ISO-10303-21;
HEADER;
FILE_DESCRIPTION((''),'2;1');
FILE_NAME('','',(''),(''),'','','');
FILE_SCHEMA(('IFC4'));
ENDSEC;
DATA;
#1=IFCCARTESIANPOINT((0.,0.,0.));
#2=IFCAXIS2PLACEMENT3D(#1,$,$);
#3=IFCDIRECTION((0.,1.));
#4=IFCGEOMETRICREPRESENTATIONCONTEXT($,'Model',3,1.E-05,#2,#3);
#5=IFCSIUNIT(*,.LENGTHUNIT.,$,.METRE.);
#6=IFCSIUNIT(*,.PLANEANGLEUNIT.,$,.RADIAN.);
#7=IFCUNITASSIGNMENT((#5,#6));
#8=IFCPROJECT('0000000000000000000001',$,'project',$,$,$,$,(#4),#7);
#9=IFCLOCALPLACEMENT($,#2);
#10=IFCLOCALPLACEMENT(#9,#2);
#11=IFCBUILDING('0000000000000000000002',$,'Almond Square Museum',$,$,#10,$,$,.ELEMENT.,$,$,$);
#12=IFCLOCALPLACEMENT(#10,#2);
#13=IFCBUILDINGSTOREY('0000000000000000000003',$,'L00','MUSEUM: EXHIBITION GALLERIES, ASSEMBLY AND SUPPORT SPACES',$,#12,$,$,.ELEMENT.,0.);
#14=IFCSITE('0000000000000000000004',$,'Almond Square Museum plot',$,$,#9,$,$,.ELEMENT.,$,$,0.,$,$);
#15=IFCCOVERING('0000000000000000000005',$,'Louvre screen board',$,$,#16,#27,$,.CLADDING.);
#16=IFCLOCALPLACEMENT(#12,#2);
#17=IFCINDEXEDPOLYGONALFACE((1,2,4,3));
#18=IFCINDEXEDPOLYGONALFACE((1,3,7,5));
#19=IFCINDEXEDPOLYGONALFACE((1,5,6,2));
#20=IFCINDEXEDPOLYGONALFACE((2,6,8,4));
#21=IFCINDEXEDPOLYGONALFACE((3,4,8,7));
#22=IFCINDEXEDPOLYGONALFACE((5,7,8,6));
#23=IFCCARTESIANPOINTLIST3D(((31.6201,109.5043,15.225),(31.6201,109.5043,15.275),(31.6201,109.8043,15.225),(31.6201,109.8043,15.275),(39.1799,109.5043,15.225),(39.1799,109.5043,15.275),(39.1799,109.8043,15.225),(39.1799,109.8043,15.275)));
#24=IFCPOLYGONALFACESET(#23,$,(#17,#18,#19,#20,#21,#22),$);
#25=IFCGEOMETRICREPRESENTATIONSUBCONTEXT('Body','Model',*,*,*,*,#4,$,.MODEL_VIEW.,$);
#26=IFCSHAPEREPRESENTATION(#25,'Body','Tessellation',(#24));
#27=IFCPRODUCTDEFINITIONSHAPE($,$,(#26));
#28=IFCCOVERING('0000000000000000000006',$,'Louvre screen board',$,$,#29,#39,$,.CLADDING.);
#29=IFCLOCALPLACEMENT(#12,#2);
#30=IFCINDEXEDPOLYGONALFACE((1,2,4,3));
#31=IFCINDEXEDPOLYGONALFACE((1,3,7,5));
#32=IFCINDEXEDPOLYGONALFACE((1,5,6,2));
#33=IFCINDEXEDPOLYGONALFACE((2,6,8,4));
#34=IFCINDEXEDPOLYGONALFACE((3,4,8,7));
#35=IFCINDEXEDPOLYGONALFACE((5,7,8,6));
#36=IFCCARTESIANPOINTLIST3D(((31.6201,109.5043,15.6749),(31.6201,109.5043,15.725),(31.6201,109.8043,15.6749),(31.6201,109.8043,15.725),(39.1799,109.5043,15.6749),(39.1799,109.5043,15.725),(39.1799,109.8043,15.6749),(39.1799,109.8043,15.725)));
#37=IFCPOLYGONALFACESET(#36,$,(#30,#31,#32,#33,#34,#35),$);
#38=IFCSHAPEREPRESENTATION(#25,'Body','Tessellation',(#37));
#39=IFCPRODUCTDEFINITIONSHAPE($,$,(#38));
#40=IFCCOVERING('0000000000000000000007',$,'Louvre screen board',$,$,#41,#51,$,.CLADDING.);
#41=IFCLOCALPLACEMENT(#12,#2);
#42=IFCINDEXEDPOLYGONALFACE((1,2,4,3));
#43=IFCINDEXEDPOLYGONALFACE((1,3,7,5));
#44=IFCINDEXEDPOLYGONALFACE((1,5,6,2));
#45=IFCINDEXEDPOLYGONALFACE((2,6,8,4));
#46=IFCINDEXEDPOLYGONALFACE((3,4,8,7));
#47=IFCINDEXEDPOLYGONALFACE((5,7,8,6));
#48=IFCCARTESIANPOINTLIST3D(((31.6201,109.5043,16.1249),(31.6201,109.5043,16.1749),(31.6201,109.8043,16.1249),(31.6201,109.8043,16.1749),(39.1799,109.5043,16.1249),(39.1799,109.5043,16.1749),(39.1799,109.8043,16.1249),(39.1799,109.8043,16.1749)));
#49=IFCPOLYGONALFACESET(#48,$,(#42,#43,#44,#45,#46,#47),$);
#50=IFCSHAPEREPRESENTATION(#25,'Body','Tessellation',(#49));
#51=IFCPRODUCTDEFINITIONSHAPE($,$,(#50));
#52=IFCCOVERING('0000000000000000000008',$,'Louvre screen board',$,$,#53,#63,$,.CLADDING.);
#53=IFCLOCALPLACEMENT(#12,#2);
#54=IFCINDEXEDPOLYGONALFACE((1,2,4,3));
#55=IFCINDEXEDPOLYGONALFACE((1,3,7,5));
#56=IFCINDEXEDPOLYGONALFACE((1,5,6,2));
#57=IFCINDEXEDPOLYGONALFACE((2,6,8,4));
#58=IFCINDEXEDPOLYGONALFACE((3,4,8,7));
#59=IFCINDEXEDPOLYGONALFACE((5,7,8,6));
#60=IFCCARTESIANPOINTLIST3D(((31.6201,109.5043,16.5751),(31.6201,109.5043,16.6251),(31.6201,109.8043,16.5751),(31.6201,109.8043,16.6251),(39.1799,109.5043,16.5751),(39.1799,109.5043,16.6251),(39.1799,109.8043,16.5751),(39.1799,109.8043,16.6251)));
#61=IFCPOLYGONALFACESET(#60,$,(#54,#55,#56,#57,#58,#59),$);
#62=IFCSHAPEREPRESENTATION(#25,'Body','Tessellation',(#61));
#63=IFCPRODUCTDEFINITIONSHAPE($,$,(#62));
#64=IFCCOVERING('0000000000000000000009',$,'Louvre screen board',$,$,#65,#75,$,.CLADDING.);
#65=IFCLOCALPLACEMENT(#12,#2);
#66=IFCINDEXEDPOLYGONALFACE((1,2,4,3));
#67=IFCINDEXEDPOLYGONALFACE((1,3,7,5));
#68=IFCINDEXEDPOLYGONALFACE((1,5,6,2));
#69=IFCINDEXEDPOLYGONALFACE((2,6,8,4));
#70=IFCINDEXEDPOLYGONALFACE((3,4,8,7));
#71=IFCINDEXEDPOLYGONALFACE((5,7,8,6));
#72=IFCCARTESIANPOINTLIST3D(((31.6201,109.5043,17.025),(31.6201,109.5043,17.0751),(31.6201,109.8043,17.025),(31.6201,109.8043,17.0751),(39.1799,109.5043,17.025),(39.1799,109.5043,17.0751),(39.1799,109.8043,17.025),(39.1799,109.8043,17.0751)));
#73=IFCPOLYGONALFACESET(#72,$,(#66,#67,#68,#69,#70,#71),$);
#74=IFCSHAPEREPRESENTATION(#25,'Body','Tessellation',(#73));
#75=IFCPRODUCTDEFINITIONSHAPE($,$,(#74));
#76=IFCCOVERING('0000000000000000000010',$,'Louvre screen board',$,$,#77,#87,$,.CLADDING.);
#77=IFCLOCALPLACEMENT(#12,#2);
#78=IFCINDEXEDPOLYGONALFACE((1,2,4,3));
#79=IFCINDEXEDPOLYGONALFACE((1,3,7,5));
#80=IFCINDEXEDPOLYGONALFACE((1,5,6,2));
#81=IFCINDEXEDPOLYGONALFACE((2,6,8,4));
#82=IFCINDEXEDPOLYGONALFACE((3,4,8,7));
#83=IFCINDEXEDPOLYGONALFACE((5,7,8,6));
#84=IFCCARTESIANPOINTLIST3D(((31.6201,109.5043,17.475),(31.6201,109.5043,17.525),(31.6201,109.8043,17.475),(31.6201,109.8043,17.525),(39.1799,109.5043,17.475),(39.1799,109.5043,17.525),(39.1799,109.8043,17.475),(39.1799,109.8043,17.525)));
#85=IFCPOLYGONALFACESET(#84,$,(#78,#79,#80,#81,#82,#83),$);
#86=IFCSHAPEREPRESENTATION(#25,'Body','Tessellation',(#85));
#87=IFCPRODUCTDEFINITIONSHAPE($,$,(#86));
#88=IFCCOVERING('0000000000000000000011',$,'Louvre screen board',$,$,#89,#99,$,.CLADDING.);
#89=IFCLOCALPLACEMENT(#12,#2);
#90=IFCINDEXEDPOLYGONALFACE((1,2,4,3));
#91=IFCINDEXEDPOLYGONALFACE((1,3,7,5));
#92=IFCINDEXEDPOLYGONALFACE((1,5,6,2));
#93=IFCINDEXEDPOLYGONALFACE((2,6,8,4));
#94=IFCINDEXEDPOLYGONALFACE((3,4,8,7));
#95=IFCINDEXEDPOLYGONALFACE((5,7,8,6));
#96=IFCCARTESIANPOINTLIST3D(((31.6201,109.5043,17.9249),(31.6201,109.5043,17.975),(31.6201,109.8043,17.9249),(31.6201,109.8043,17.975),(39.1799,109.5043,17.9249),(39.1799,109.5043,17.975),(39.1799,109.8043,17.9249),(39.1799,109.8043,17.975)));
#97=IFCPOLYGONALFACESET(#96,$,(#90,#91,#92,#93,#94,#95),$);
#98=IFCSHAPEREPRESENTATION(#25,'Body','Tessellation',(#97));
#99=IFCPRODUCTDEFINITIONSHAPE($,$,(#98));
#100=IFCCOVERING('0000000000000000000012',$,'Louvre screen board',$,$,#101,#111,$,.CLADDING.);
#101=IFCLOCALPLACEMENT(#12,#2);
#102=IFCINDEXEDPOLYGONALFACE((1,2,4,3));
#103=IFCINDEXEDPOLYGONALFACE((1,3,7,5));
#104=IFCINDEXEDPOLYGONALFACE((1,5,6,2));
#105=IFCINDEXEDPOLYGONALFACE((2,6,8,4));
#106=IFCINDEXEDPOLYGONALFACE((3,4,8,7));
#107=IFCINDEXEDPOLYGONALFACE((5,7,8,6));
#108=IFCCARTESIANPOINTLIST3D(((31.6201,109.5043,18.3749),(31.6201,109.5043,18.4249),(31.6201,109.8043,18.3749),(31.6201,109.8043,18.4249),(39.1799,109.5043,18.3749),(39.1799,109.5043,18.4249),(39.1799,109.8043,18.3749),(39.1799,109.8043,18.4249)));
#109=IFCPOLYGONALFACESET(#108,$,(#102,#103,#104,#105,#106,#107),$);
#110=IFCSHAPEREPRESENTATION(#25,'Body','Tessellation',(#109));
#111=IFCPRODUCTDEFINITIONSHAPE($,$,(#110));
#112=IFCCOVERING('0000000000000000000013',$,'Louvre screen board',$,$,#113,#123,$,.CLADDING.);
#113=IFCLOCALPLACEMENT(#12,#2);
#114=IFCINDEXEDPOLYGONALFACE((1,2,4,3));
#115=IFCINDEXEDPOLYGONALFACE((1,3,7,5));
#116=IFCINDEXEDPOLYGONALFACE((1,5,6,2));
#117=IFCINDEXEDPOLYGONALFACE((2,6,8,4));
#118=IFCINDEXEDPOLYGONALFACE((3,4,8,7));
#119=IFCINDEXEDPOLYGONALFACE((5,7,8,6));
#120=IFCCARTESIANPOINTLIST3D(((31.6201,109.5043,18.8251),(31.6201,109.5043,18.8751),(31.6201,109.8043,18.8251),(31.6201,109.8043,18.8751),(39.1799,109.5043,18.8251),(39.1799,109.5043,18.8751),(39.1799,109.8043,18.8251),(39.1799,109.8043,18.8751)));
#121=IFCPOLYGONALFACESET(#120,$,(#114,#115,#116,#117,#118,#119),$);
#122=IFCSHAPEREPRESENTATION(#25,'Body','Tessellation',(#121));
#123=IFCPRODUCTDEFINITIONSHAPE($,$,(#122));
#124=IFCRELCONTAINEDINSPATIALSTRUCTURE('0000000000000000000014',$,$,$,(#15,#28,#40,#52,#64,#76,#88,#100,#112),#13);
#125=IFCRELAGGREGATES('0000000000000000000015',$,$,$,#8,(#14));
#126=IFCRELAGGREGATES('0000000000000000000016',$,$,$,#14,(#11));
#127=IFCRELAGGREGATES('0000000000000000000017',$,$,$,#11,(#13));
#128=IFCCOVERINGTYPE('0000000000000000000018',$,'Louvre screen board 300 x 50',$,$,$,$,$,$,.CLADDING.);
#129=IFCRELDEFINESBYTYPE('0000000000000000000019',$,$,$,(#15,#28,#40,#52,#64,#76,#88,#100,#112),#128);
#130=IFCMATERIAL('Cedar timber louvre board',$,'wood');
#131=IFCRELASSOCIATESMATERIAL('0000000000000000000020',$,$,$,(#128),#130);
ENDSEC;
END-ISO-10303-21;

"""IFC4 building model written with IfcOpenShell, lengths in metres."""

from ifc_helpers import new_model, si_unit, direction, frame, origin, origin_2d, place, context, subcontext, project, spatial, rectangle, extrude, material, material_profile, profile_set, type_object, element, save


model = new_model("IFC4")

# Units and contexts
model_context = context("Model", 3, precision=1e-05, world=origin(), true_north=direction((0.0, 1.0)))
body_context = subcontext(model_context, "Body", "Model", "MODEL_VIEW")
ifc_project = project(units=[si_unit("LENGTHUNIT", "METRE"), si_unit("PLANEANGLEUNIT", "RADIAN")], contexts=[model_context])

# Site, building, storey
site_placement = place(None, origin())
site = spatial("IfcSite", under=ifc_project, at=site_placement, Name="Almond Square Museum plot", CompositionType="ELEMENT", RefElevation=0.0)
building_placement = place(site_placement, origin())
building = spatial("IfcBuilding", under=site, at=building_placement, Name="Almond Square Museum", CompositionType="ELEMENT")
storey_placement = place(building_placement, origin())
storey = spatial("IfcBuildingStorey", under=building, at=storey_placement, Name="L00", Description="MUSEUM: EXHIBITION GALLERIES, ASSEMBLY AND SUPPORT SPACES", CompositionType="ELEMENT", Elevation=0.0)

# Coverings
ifc_material = material(Name="Cedar timber louvre board", Category="wood")
ifc_material_profile = material_profile(ifc_material, rectangle(XDim=0.3, YDim=0.05, at=origin_2d()))
ifc_profile_set = profile_set([ifc_material_profile], Name="Cedar timber louvre board")
covering_type = type_object("IfcCoveringType", Name="Louvre screen board 300 x 50", PredefinedType="CLADDING", material=ifc_profile_set)
for number, where, z_axis, x_axis, name in (
    (1, (31.6201, 109.6543, 15.25), (1.0, 0.0, 0.0), (0.0, 1.0, 0.0), "Louvre screen board"),
    (2, (31.6201, 109.6543, 15.7), (1.0, 0.0, 0.0), (0.0, 1.0, 0.0), "Louvre screen board"),
    (3, (31.6201, 109.6543, 16.1499), (1.0, 0.0, 0.0), (0.0, 1.0, 0.0), "Louvre screen board"),
    (4, (31.6201, 109.6543, 16.6001), (1.0, 0.0, 0.0), (0.0, 1.0, 0.0), "Louvre screen board"),
    (5, (31.6201, 109.6543, 17.05), (1.0, 0.0, 0.0), (0.0, 1.0, 0.0), "Louvre screen board"),
    (6, (31.6201, 109.6543, 17.5), (1.0, 0.0, 0.0), (0.0, 1.0, 0.0), "Louvre screen board"),
    (7, (31.6201, 109.6543, 17.95), (1.0, 0.0, 0.0), (0.0, 1.0, 0.0), "Louvre screen board"),
    (8, (31.6201, 109.6543, 18.3999), (1.0, 0.0, 0.0), (0.0, 1.0, 0.0), "Louvre screen board"),
    (9, (31.6201, 109.6543, 18.8501), (1.0, 0.0, 0.0), (0.0, 1.0, 0.0), "Louvre screen board"),
):
    element("IfcCovering", number, at=place(storey_placement, frame(where, z_axis=z_axis, x_axis=x_axis)), inside=storey, type_object=covering_type, Name=name, PredefinedType="CLADDING", context=body_context, shape_type="SweptSolid", body=[
        extrude(rectangle(XDim=0.3, YDim=0.05, at=origin_2d()), origin(), (0.0, 0.0, 1.0), 7.5598),
    ])

save(model, "model.ifc")
